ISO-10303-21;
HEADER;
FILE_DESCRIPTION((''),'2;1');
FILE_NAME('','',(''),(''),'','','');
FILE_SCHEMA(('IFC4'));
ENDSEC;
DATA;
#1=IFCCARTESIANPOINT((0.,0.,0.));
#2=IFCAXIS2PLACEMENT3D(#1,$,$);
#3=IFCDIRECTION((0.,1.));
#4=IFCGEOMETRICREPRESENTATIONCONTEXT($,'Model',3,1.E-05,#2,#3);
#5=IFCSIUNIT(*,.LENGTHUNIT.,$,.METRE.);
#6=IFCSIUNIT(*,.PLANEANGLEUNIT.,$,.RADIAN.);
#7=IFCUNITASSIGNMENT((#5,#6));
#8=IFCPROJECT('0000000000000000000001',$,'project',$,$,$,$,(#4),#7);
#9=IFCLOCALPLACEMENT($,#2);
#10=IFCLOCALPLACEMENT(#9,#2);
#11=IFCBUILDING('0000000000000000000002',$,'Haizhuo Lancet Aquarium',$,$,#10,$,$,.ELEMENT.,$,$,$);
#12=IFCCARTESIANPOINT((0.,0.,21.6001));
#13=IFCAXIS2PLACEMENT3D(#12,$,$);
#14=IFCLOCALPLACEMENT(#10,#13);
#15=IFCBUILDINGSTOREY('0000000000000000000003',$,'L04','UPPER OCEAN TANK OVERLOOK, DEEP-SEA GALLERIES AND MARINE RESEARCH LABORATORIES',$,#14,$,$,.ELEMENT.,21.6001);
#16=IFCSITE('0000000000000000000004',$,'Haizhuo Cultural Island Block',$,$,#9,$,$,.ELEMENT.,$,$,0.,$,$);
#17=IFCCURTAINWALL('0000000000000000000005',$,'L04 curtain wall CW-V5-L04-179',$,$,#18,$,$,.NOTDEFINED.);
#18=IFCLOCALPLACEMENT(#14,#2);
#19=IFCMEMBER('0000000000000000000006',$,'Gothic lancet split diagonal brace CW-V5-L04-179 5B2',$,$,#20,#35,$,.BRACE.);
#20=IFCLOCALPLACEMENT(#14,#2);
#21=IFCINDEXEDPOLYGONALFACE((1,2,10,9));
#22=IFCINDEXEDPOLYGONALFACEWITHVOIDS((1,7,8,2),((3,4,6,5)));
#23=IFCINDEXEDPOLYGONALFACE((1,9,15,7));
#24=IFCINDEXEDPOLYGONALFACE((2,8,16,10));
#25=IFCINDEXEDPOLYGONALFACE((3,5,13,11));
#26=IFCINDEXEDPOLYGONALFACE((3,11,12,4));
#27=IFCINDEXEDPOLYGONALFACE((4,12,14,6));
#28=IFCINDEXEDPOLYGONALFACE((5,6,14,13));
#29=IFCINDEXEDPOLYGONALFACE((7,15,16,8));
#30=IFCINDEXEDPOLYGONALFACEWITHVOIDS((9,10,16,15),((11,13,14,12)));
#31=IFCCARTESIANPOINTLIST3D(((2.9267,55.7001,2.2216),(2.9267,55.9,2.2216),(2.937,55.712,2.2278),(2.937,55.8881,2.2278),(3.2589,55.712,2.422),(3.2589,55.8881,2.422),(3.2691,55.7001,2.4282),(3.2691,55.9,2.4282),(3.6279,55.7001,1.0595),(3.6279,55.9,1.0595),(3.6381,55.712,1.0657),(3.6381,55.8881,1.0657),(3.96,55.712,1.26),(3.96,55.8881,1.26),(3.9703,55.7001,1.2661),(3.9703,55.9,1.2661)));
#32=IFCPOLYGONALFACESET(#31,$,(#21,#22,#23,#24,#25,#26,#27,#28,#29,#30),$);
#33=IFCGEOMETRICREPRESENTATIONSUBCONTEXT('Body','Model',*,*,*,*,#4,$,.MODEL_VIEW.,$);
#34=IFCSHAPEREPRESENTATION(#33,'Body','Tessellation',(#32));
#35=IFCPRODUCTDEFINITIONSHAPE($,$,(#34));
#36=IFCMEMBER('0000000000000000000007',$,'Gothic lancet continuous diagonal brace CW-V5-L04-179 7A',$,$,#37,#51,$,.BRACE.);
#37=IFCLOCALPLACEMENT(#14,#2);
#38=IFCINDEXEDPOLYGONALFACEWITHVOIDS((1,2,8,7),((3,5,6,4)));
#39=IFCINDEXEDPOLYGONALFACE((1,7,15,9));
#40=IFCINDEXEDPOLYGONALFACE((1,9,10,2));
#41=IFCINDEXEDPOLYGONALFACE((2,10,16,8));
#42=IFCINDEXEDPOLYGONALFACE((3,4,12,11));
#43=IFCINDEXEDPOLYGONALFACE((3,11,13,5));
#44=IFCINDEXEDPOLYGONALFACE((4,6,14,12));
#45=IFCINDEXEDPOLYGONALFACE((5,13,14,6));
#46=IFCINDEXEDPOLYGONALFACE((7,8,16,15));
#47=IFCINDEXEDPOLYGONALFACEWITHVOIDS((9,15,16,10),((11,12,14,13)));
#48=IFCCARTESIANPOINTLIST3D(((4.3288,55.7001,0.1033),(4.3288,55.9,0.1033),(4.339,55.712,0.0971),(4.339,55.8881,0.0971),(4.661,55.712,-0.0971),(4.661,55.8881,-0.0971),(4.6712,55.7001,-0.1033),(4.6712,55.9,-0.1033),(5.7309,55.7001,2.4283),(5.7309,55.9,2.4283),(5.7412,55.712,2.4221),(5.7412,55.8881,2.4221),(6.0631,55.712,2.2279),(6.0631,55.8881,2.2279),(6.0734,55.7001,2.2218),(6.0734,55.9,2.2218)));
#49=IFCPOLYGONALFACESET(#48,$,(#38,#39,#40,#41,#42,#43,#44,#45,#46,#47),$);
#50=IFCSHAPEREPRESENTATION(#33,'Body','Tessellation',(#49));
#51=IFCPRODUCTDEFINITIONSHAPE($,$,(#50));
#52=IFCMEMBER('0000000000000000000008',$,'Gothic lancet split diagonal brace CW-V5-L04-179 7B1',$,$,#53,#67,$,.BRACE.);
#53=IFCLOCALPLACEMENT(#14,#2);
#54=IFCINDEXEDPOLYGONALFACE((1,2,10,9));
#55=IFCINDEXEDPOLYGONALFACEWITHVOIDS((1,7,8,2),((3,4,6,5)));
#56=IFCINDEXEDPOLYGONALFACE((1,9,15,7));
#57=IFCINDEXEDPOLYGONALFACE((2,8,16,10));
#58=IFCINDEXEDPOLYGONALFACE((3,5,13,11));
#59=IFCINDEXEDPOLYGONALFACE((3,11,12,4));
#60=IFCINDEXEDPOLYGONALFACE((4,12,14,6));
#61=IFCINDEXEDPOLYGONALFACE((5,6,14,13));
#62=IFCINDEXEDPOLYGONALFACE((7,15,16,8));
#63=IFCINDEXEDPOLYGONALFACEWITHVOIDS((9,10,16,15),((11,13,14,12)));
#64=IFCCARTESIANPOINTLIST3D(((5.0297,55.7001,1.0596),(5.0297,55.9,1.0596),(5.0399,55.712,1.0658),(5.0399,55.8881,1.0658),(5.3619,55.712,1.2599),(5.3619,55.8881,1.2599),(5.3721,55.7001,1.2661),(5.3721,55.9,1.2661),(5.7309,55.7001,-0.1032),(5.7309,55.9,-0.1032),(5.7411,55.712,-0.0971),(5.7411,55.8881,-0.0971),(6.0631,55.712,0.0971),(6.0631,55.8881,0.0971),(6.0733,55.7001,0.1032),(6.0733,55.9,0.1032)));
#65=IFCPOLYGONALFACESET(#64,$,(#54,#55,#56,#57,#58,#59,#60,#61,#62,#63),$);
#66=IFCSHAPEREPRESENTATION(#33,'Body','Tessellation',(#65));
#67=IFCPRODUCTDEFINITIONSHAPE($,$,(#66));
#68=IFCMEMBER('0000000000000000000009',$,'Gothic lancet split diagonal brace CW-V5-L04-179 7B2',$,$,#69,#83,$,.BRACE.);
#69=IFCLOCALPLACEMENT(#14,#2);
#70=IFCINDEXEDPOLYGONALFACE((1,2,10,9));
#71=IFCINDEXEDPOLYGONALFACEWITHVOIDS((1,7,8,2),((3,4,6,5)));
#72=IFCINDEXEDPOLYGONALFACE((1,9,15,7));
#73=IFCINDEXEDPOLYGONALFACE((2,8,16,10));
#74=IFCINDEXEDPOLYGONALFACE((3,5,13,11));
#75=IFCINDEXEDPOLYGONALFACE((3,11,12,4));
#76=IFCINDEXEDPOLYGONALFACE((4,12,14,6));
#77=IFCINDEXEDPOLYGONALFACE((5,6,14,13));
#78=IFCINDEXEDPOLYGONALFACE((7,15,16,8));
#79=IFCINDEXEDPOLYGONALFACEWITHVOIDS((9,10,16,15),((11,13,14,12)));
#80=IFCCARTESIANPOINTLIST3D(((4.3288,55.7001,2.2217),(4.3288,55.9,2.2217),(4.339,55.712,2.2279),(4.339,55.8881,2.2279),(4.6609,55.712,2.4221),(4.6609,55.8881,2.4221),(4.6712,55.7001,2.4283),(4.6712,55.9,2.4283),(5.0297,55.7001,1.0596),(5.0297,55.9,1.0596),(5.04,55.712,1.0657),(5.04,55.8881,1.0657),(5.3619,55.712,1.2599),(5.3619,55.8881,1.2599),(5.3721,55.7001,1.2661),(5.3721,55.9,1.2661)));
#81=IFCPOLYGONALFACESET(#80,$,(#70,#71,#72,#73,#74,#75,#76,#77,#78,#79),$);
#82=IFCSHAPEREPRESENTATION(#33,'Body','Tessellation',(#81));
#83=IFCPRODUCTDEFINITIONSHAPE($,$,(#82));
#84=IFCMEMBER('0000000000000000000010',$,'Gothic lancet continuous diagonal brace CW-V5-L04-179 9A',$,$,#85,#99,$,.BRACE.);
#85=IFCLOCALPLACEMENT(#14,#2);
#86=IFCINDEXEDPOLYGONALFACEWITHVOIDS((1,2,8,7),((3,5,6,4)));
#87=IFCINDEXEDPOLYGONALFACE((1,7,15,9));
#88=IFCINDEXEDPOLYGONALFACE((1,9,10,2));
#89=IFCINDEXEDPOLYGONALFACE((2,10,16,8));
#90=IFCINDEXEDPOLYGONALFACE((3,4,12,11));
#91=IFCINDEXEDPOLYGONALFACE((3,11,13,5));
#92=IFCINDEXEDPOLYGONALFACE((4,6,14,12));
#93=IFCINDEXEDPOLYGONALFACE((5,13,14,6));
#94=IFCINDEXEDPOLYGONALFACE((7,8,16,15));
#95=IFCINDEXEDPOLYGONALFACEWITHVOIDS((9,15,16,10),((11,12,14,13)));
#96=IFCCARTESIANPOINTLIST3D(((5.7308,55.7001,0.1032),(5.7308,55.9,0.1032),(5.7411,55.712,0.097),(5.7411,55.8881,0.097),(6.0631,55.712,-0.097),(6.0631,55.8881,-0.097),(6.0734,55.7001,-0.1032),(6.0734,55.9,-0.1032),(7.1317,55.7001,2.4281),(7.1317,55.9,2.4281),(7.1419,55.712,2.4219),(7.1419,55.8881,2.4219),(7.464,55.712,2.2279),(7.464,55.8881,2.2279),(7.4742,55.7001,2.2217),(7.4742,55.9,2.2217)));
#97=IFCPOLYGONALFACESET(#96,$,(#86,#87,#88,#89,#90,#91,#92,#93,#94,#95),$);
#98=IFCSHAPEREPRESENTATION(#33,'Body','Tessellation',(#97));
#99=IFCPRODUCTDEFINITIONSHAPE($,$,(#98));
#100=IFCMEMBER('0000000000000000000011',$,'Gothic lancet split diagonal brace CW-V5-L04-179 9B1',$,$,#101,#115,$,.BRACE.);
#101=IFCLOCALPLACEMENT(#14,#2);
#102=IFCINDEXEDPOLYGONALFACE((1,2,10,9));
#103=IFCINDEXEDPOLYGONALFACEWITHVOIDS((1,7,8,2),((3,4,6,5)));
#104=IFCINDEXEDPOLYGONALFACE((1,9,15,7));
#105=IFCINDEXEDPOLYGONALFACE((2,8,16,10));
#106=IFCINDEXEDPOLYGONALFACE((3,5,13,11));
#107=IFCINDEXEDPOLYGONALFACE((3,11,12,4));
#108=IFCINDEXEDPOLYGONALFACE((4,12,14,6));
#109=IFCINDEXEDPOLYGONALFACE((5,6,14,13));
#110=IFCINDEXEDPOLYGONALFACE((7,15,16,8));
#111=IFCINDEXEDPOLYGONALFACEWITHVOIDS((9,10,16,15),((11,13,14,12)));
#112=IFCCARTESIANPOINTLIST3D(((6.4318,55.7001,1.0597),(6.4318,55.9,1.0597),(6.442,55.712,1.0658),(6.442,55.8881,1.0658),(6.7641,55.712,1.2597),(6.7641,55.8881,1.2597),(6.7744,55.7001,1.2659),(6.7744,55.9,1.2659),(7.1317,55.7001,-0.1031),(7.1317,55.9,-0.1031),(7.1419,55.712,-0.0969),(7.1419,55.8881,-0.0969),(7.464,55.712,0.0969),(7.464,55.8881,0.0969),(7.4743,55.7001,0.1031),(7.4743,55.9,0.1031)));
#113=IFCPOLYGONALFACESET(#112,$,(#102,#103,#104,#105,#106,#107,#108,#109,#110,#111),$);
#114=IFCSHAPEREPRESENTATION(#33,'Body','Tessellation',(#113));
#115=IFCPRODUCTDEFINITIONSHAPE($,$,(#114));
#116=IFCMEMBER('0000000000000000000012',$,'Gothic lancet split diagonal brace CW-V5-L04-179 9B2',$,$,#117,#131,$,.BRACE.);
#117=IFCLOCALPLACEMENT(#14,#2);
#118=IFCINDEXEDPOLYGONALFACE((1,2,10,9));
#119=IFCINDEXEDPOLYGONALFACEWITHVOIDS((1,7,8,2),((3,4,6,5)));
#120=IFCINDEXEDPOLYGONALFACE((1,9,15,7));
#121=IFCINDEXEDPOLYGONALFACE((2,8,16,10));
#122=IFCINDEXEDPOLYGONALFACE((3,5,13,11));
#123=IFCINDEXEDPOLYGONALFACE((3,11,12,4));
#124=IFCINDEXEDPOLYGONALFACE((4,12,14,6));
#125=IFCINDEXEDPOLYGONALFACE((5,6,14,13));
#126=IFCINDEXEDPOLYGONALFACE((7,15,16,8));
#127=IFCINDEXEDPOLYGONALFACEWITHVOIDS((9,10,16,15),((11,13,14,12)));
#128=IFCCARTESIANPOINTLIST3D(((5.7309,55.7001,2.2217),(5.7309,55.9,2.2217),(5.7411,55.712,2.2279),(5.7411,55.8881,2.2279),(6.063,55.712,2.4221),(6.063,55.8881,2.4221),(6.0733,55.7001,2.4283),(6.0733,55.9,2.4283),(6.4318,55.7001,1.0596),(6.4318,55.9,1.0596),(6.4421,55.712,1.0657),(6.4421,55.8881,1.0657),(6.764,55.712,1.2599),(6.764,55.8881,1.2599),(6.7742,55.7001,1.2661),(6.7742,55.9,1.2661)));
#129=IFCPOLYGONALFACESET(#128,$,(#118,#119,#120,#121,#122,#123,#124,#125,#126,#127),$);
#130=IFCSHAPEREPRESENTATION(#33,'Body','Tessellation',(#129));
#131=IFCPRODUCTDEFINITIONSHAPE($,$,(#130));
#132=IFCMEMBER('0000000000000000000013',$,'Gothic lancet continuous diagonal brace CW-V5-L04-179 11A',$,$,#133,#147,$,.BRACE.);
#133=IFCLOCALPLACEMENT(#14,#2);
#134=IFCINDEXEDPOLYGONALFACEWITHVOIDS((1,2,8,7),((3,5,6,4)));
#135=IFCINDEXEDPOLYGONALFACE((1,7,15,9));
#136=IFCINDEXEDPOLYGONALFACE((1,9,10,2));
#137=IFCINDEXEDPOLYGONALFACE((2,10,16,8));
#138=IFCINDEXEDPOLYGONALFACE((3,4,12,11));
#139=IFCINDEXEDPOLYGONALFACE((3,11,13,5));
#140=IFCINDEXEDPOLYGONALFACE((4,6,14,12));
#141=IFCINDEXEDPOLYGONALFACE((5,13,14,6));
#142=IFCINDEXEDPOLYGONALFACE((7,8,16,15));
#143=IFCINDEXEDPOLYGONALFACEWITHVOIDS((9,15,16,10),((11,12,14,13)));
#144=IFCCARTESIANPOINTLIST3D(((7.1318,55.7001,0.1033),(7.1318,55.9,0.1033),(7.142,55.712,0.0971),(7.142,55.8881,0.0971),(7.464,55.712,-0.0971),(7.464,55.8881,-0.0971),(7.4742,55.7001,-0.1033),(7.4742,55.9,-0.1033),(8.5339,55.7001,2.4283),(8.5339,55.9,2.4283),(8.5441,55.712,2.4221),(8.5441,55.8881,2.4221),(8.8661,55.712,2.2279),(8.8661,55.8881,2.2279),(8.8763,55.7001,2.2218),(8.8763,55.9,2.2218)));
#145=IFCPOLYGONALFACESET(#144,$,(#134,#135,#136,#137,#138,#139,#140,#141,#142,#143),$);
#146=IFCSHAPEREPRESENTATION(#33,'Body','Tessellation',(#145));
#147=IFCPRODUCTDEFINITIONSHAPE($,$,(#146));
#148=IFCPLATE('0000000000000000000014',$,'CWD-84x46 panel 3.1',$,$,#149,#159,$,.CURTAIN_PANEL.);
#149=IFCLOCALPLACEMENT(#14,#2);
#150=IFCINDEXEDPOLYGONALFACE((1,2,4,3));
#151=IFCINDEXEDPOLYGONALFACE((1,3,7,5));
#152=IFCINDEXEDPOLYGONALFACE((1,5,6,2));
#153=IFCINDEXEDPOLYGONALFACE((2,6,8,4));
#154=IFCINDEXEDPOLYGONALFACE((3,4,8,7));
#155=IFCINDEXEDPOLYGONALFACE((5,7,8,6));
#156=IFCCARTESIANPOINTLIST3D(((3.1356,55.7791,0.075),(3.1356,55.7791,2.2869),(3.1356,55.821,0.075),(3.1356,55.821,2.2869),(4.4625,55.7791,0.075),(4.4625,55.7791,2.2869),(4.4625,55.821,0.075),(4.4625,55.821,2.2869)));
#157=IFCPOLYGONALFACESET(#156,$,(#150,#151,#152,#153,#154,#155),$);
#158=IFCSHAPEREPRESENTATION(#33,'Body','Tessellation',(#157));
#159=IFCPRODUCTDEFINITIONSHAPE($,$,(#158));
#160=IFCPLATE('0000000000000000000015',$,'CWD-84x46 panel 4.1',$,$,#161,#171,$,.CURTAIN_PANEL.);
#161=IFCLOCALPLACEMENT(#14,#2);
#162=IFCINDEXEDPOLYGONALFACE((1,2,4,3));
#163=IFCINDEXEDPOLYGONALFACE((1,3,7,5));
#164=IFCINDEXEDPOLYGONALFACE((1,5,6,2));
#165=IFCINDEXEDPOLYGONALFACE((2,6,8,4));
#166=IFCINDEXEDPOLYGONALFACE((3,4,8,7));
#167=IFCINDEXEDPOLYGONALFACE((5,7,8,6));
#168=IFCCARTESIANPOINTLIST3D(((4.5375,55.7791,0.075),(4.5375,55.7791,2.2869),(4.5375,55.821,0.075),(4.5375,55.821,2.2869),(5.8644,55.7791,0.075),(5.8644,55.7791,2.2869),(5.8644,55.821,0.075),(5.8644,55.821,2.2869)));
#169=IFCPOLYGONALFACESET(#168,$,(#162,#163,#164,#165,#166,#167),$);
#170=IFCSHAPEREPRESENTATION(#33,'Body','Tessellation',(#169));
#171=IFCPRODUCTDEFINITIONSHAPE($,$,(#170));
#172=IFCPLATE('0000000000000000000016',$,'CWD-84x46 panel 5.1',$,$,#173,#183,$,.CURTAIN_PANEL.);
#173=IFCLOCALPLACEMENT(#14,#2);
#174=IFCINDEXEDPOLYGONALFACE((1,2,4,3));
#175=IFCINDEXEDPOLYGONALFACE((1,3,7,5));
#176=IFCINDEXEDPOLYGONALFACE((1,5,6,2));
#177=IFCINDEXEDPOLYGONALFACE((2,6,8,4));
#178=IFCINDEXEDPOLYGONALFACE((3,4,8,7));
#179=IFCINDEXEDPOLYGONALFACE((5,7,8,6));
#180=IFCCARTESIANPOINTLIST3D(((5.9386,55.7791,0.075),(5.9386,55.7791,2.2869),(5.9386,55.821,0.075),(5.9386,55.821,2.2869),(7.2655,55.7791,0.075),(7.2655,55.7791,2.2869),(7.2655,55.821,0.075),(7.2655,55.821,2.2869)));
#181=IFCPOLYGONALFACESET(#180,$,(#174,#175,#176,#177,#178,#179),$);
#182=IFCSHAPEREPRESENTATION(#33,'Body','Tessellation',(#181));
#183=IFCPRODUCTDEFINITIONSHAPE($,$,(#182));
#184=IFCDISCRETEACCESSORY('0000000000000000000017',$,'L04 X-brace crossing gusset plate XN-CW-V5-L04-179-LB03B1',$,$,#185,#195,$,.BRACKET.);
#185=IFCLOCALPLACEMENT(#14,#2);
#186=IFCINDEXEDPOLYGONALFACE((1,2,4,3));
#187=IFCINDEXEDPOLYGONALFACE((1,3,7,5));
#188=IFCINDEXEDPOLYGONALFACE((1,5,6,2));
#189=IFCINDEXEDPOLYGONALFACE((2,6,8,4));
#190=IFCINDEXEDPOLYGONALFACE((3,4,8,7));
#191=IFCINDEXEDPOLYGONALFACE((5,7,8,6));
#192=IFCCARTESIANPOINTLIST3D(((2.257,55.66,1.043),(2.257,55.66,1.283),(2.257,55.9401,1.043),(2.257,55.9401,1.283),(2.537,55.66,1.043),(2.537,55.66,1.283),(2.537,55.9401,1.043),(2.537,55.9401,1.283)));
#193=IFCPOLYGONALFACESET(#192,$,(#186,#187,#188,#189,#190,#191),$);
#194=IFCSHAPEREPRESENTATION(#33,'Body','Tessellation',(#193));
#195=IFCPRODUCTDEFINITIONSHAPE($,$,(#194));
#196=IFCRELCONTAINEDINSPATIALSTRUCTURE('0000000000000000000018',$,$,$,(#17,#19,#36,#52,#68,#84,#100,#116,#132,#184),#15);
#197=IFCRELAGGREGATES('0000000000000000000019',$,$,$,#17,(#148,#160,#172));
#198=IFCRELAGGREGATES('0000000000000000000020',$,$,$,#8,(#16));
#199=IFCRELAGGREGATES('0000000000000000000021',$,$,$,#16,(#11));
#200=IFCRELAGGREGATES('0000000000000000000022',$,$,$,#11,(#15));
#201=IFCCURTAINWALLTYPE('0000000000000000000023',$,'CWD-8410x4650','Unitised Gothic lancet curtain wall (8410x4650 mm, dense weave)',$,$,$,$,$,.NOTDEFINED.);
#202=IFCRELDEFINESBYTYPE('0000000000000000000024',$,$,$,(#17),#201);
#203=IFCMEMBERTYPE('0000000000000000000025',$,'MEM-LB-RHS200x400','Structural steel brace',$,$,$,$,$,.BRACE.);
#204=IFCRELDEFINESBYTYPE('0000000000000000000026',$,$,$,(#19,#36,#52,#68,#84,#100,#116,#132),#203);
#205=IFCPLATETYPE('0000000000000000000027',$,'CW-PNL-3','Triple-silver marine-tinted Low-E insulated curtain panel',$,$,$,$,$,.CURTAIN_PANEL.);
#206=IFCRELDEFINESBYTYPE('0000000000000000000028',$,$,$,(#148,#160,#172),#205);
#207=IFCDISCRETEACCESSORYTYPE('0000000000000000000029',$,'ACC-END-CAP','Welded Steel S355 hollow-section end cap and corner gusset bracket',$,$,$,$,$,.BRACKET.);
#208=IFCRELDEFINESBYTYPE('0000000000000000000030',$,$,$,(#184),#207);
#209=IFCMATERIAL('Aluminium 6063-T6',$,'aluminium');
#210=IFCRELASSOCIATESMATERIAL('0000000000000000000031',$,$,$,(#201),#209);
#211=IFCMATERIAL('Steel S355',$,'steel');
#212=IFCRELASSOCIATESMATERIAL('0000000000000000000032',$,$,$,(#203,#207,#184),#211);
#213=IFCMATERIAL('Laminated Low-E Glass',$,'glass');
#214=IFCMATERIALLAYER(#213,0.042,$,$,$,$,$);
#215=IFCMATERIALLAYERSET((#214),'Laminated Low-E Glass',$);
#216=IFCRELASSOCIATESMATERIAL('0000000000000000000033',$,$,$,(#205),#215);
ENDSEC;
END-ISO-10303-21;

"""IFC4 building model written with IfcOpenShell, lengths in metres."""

from ifc_helpers import new_model, si_unit, direction, frame, origin, origin_2d, place, context, subcontext, project, spatial, rectangle, hollow_rectangle, extrude, material, layer, layer_set, material_profile, profile_set, type_object, element, aggregate, save


model = new_model("IFC4")

# Units and contexts
model_context = context("Model", 3, precision=1e-05, world=origin(), true_north=direction((0.0, 1.0)))
body_context = subcontext(model_context, "Body", "Model", "MODEL_VIEW")
ifc_project = project(units=[si_unit("LENGTHUNIT", "METRE"), si_unit("PLANEANGLEUNIT", "RADIAN")], contexts=[model_context])

# Site, building, storey
site_placement = place(None, origin())
site = spatial("IfcSite", under=ifc_project, at=site_placement, Name="Haizhuo Cultural Island Block", CompositionType="ELEMENT", RefElevation=0.0)
building_placement = place(site_placement, origin())
building = spatial("IfcBuilding", under=site, at=building_placement, Name="Haizhuo Lancet Aquarium", CompositionType="ELEMENT")
storey_placement = place(building_placement, frame((0.0, 0.0, 21.6001)))
storey = spatial("IfcBuildingStorey", under=building, at=storey_placement, Name="L04", Description="UPPER OCEAN TANK OVERLOOK, DEEP-SEA GALLERIES AND MARINE RESEARCH LABORATORIES", CompositionType="ELEMENT", Elevation=21.6001)

# Curtain wall
ifc_material_1 = material(Name="Aluminium 6063-T6", Category="aluminium")
curtain_wall_type = type_object("IfcCurtainWallType", Name="CWD-8410x4650", Description="Unitised Gothic lancet curtain wall (8410x4650 mm, dense weave)", PredefinedType="NOTDEFINED", material=ifc_material_1)
curtain_wall_placement = place(storey_placement, origin())
curtain_wall = element("IfcCurtainWall", 1, at=curtain_wall_placement, inside=storey, type_object=curtain_wall_type, Name="L04 curtain wall CW-V5-L04-179", PredefinedType="NOTDEFINED")

# Members
ifc_material_2 = material(Name="Steel S355", Category="steel")
ifc_material_profile_1 = material_profile(ifc_material_2, hollow_rectangle(XDim=0.2, YDim=0.3999, WallThickness=0.012, at=origin_2d()), Name="RHS 200x400x12")
ifc_profile_set_1 = profile_set([ifc_material_profile_1], Name="Steel S355")
member_type_1 = type_object("IfcMemberType", Name="MEM-LB-RHS200x400", Description="Structural steel brace", PredefinedType="BRACE", material=ifc_profile_set_1)
member_1_placement = place(storey_placement, frame((3.7991, 55.8, 1.1628), z_axis=(-0.51661, 0.0, 0.856221), x_axis=(0.0, -1.0, 0.0)))
element("IfcMember", 2, at=member_1_placement, inside=storey, type_object=member_type_1, Name="Gothic lancet split diagonal brace CW-V5-L04-179 5B2", PredefinedType="BRACE", context=body_context, shape_type="SweptSolid", body=[
    extrude(hollow_rectangle(XDim=0.2, YDim=0.3999, WallThickness=0.012, at=origin_2d()), origin(), (0.0, 0.0, 1.0), 1.3572),
])
member_2_placement = place(storey_placement, frame((4.5, 55.8, 0.0), z_axis=(0.516425, 0.0, 0.856332), x_axis=(0.0, 1.0, 0.0)))
element("IfcMember", 3, at=member_2_placement, inside=storey, type_object=member_type_1, Name="Gothic lancet continuous diagonal brace CW-V5-L04-179 7A", PredefinedType="BRACE", context=body_context, shape_type="SweptSolid", body=[
    extrude(hollow_rectangle(XDim=0.2, YDim=0.3999, WallThickness=0.012, at=origin_2d()), origin(), (0.0, 0.0, 1.0), 2.7151),
])
member_3_placement = place(storey_placement, frame((5.9021, 55.8, 0.0), z_axis=(-0.516372, 0.0, 0.856365), x_axis=(0.0, -1.0, 0.0)))
element("IfcMember", 4, at=member_3_placement, inside=storey, type_object=member_type_1, Name="Gothic lancet split diagonal brace CW-V5-L04-179 7B1", PredefinedType="BRACE", context=body_context, shape_type="SweptSolid", body=[
    extrude(hollow_rectangle(XDim=0.2, YDim=0.3999, WallThickness=0.012, at=origin_2d()), origin(), (0.0, 0.0, 1.0), 1.3579),
])
member_4_placement = place(storey_placement, frame((5.2009, 55.8, 1.1628), z_axis=(-0.516479, 0.0, 0.8563), x_axis=(0.0, -1.0, 0.0)))
element("IfcMember", 5, at=member_4_placement, inside=storey, type_object=member_type_1, Name="Gothic lancet split diagonal brace CW-V5-L04-179 7B2", PredefinedType="BRACE", context=body_context, shape_type="SweptSolid", body=[
    extrude(hollow_rectangle(XDim=0.2, YDim=0.3999, WallThickness=0.012, at=origin_2d()), origin(), (0.0, 0.0, 1.0), 1.3572),
])
member_5_placement = place(storey_placement, frame((5.9021, 55.8, 0.0), z_axis=(0.516095, 0.0, 0.856531), x_axis=(0.0, 1.0, 0.0)))
element("IfcMember", 6, at=member_5_placement, inside=storey, type_object=member_type_1, Name="Gothic lancet continuous diagonal brace CW-V5-L04-179 9A", PredefinedType="BRACE", context=body_context, shape_type="SweptSolid", body=[
    extrude(hollow_rectangle(XDim=0.2, YDim=0.3999, WallThickness=0.012, at=origin_2d()), origin(), (0.0, 0.0, 1.0), 2.7144),
])
for number, where, z_axis, x_axis, name in (
    (7, (7.303, 55.8, 0.0), (-0.515712, 0.0, 0.856762), (0.0, -1.0, 0.0), "Gothic lancet split diagonal brace CW-V5-L04-179 9B1"),
    (8, (6.603, 55.8, 1.1628), (-0.516479, 0.0, 0.8563), (0.0, -1.0, 0.0), "Gothic lancet split diagonal brace CW-V5-L04-179 9B2"),
):
    element("IfcMember", number, at=place(storey_placement, frame(where, z_axis=z_axis, x_axis=x_axis)), inside=storey, type_object=member_type_1, Name=name, PredefinedType="BRACE", context=body_context, shape_type="SweptSolid", body=[
        extrude(hollow_rectangle(XDim=0.2, YDim=0.3999, WallThickness=0.012, at=origin_2d()), origin(), (0.0, 0.0, 1.0), 1.3572),
    ])
member_6_placement = place(storey_placement, frame((7.303, 55.8, 0.0), z_axis=(0.516425, 0.0, 0.856332), x_axis=(0.0, 1.0, 0.0)))
element("IfcMember", 9, at=member_6_placement, inside=storey, type_object=member_type_1, Name="Gothic lancet continuous diagonal brace CW-V5-L04-179 11A", PredefinedType="BRACE", context=body_context, shape_type="SweptSolid", body=[
    extrude(hollow_rectangle(XDim=0.2, YDim=0.3999, WallThickness=0.012, at=origin_2d()), origin(), (0.0, 0.0, 1.0), 2.7151),
])

# Plates
ifc_material_3 = material(Name="Laminated Low-E Glass", Category="glass")
ifc_layer = layer(ifc_material_3, 0.042)
ifc_layer_set = layer_set([ifc_layer], Name="Laminated Low-E Glass")
plate_type = type_object("IfcPlateType", Name="CW-PNL-3", Description="Triple-silver marine-tinted Low-E insulated curtain panel", PredefinedType="CURTAIN_PANEL", material=ifc_layer_set)
plate_1_placement = place(storey_placement, frame((3.7991, 55.8, 0.075), z_axis=(0.0, 0.0, 1.0), x_axis=(1.0, 0.0, 0.0)))
plate_1 = element("IfcPlate", 10, at=plate_1_placement, type_object=plate_type, Name="CWD-84x46 panel 3.1", PredefinedType="CURTAIN_PANEL", context=body_context, shape_type="SweptSolid", body=[
    extrude(rectangle(XDim=1.3269, YDim=0.042, at=origin_2d()), origin(), (0.0, 0.0, 1.0), 2.2119),
])
plate_2_placement = place(storey_placement, frame((5.2009, 55.8, 0.075), z_axis=(0.0, 0.0, 1.0), x_axis=(1.0, 0.0, 0.0)))
plate_2 = element("IfcPlate", 11, at=plate_2_placement, type_object=plate_type, Name="CWD-84x46 panel 4.1", PredefinedType="CURTAIN_PANEL", context=body_context, shape_type="SweptSolid", body=[
    extrude(rectangle(XDim=1.3269, YDim=0.042, at=origin_2d()), origin(), (0.0, 0.0, 1.0), 2.2119),
])
plate_3_placement = place(storey_placement, frame((6.6021, 55.8, 0.075), z_axis=(0.0, 0.0, 1.0), x_axis=(1.0, 0.0, 0.0)))
plate_3 = element("IfcPlate", 12, at=plate_3_placement, type_object=plate_type, Name="CWD-84x46 panel 5.1", PredefinedType="CURTAIN_PANEL", context=body_context, shape_type="SweptSolid", body=[
    extrude(rectangle(XDim=1.3269, YDim=0.042, at=origin_2d()), origin(), (0.0, 0.0, 1.0), 2.2119),
])
aggregate(curtain_wall, [plate_1, plate_2, plate_3])

# Discrete accessory
discrete_accessory_type = type_object("IfcDiscreteAccessoryType", Name="ACC-END-CAP", Description="Welded Steel S355 hollow-section end cap and corner gusset bracket", PredefinedType="BRACKET", material=ifc_material_2)
for number, where, z_axis, x_axis, name in (
    (13, (2.397, 55.8, 1.043), (0.0, 0.0, 1.0), (1.0, 0.0, 0.0), "L04 X-brace crossing gusset plate XN-CW-V5-L04-179-LB03B1"),
):
    element("IfcDiscreteAccessory", number, at=place(storey_placement, frame(where, z_axis=z_axis, x_axis=x_axis)), inside=storey, type_object=discrete_accessory_type, material=ifc_material_2, Name=name, PredefinedType="BRACKET", context=body_context, shape_type="SweptSolid", body=[
        extrude(rectangle(XDim=0.28, YDim=0.28, at=origin_2d()), origin(), (0.0, 0.0, 1.0), 0.24),
    ])

save(model, "model.ifc")
